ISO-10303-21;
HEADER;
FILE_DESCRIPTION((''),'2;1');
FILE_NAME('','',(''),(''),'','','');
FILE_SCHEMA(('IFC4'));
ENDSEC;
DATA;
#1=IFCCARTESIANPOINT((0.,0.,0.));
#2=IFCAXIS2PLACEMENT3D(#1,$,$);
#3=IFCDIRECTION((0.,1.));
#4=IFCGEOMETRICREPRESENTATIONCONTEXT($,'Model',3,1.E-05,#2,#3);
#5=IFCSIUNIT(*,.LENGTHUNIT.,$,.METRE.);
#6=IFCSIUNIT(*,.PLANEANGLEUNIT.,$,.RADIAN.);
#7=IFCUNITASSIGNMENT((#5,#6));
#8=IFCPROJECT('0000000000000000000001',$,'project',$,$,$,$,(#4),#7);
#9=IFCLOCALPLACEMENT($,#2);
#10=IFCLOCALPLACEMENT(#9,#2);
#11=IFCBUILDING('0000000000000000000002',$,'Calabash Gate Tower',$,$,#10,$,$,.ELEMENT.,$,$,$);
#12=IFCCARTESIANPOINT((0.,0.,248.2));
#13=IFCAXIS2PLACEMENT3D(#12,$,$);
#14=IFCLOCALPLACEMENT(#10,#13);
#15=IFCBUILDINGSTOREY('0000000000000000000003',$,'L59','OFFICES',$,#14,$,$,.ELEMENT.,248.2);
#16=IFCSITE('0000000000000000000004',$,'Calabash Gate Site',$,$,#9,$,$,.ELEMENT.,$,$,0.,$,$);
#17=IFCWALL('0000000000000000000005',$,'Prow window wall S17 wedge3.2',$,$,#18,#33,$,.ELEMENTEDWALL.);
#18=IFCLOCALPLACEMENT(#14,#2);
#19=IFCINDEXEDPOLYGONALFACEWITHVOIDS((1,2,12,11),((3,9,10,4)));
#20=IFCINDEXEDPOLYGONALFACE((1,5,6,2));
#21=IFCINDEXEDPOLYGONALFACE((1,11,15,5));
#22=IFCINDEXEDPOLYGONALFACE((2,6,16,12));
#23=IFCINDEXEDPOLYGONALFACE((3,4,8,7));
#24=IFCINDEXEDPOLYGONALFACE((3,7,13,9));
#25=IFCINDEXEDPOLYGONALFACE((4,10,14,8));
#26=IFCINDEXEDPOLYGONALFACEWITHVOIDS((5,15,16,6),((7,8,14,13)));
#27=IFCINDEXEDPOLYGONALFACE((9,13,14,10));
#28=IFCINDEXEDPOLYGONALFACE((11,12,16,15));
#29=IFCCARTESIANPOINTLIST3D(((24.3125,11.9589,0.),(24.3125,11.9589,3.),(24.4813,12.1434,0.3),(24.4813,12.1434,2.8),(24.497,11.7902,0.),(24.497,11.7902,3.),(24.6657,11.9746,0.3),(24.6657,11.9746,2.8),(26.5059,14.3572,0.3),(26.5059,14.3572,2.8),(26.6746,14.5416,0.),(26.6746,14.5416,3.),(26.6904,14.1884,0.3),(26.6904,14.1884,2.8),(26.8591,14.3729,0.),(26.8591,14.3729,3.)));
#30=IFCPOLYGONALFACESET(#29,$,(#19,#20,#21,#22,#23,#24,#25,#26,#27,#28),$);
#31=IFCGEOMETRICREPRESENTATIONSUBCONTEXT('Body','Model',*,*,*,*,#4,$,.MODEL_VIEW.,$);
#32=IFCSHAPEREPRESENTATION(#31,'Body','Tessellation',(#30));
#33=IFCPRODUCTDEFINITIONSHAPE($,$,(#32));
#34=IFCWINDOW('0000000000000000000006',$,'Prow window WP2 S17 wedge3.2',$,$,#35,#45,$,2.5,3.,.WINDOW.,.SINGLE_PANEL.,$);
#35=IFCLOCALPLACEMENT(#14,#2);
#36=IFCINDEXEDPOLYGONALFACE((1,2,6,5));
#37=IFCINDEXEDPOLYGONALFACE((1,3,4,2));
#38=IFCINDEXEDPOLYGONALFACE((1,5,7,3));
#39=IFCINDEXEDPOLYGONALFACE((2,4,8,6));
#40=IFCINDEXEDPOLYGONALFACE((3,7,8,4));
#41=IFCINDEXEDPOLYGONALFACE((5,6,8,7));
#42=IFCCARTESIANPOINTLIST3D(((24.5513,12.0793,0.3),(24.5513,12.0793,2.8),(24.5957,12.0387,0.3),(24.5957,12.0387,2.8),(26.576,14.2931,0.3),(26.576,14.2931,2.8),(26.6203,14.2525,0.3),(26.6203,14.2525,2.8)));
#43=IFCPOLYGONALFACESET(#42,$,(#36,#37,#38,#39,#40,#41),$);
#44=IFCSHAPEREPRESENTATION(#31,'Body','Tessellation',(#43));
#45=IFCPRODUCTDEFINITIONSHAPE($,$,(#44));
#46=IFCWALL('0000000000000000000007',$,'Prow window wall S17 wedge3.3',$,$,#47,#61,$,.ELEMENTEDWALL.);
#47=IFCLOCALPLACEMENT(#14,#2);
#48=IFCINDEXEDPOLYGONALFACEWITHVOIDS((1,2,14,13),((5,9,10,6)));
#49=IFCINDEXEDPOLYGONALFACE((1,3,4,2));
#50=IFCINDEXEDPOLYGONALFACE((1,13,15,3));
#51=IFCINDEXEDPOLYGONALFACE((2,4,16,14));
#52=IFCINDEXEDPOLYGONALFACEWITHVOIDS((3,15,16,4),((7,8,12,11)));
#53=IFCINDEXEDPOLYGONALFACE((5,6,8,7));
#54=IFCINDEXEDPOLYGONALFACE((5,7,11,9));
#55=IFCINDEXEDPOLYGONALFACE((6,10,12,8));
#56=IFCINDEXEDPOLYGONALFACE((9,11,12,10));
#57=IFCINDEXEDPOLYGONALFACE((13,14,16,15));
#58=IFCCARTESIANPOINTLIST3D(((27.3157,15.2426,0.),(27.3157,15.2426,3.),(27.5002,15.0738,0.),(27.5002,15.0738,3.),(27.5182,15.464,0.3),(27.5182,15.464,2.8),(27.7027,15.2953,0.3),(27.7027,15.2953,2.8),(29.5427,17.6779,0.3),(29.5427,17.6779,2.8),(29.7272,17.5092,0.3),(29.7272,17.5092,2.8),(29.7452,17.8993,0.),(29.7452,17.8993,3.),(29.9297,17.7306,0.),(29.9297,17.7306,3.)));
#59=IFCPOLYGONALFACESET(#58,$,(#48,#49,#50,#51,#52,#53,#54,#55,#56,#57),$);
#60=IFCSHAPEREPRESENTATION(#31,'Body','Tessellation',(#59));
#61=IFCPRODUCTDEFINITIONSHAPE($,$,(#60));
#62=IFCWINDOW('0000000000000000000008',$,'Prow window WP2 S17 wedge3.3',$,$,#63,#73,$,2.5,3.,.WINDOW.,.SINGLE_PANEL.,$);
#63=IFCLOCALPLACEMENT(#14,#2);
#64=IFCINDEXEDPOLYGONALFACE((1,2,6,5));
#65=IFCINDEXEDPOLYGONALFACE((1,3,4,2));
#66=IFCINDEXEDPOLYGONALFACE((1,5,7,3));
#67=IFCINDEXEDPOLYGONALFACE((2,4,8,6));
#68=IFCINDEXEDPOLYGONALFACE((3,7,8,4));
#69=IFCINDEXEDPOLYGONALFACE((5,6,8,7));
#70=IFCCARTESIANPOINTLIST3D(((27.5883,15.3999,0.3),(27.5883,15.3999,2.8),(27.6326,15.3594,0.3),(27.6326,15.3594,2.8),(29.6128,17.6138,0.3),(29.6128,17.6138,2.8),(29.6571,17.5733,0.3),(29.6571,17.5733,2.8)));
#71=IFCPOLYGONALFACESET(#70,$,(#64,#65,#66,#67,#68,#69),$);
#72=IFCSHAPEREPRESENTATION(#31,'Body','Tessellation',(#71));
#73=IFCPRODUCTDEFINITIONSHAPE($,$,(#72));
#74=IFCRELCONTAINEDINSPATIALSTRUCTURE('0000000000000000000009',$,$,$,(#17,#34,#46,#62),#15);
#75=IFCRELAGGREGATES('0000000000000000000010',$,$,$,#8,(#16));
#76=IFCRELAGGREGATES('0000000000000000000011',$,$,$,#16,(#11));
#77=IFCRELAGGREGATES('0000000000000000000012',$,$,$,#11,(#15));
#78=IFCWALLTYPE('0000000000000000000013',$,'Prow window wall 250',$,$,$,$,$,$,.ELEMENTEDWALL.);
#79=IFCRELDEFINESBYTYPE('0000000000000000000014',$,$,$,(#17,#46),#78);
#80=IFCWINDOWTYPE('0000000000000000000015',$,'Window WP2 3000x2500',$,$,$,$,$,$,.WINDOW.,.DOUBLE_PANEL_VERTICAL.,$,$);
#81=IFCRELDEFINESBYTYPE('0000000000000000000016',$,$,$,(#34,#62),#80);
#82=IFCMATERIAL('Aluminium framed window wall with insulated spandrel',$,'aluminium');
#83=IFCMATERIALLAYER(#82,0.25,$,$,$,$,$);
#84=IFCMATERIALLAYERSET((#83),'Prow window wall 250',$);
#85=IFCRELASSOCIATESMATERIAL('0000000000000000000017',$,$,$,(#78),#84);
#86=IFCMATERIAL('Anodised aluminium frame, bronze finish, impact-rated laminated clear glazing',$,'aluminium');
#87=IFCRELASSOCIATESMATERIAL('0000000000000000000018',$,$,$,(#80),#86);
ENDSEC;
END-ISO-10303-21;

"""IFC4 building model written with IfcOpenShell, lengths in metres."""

from ifc_helpers import new_model, si_unit, direction, frame, frame_2d, origin, place, context, subcontext, project, spatial, rectangle, extrude, material, layer, layer_set, type_object, element, fill, save


model = new_model("IFC4")

# Units and contexts
model_context = context("Model", 3, precision=1e-05, world=origin(), true_north=direction((0.0, 1.0)))
body_context = subcontext(model_context, "Body", "Model", "MODEL_VIEW")
ifc_project = project(units=[si_unit("LENGTHUNIT", "METRE"), si_unit("PLANEANGLEUNIT", "RADIAN")], contexts=[model_context])

# Site, building, storey
site_placement = place(None, origin())
site = spatial("IfcSite", under=ifc_project, at=site_placement, Name="Calabash Gate Site", CompositionType="ELEMENT", RefElevation=0.0)
building_placement = place(site_placement, origin())
building = spatial("IfcBuilding", under=site, at=building_placement, Name="Calabash Gate Tower", CompositionType="ELEMENT")
storey_placement = place(building_placement, frame((0.0, 0.0, 248.2)))
storey = spatial("IfcBuildingStorey", under=building, at=storey_placement, Name="L59", Description="OFFICES", CompositionType="ELEMENT", Elevation=248.2)

# Walls, openings, windows
ifc_material_1 = material(Name="Aluminium framed window wall with insulated spandrel", Category="aluminium")
ifc_layer_1 = layer(ifc_material_1, 0.25)
ifc_layer_set_1 = layer_set([ifc_layer_1], Name="Prow window wall 250")
wall_type_1 = type_object("IfcWallType", Name="Prow window wall 250", PredefinedType="ELEMENTEDWALL", material=ifc_layer_set_1)
ifc_material_2 = material(Name="Anodised aluminium frame, bronze finish, impact-rated laminated clear glazing", Category="aluminium")
window_type = type_object("IfcWindowType", Name="Window WP2 3000x2500", PartitioningType="DOUBLE_PANEL_VERTICAL", PredefinedType="WINDOW", material=ifc_material_2)
wall_1_placement = place(storey_placement, frame((24.4048, 11.8745, 0.0), z_axis=(0.0, 0.0, 1.0), x_axis=(0.674874, 0.737933, 0.0)))
wall_1 = element("IfcWall", 1, at=wall_1_placement, inside=storey, type_object=wall_type_1, Name="Prow window wall S17 wedge3.2", PredefinedType="ELEMENTEDWALL", context=body_context, shape_type="SweptSolid", body=[
    extrude(rectangle(XDim=3.5, YDim=0.25, at=frame_2d((1.75, 0.0))), origin(), (0.0, 0.0, 1.0), 3.0),
])
opening_1_placement = place(wall_1_placement, frame((0.25, 0.0, 0.3)))
opening_1 = element("IfcOpeningElement", 2, at=opening_1_placement, cuts=wall_1, PredefinedType="OPENING", context=body_context, shape_type="SweptSolid", body=[
    extrude(rectangle(XDim=3.0, YDim=2.5, at=frame_2d((1.5, 1.25))), frame((0.0, 0.135, 0.0), z_axis=(0.0, -1.0, 0.0), x_axis=(1.0, 0.0, 0.0)), (0.0, 0.0, 1.0), 0.27),
])
window_1_placement = place(opening_1_placement, origin())
window_1 = element("IfcWindow", 3, at=window_1_placement, inside=storey, type_object=window_type, Name="Prow window WP2 S17 wedge3.2", OverallHeight=2.5, OverallWidth=3.0, PartitioningType="SINGLE_PANEL", PredefinedType="WINDOW", context=body_context, shape_type="SweptSolid", body=[
    extrude(rectangle(XDim=3.0, YDim=2.5, at=frame_2d((1.5, 1.25))), frame((0.0, 0.03, 0.0), z_axis=(0.0, -1.0, 0.0), x_axis=(1.0, 0.0, 0.0)), (0.0, 0.0, 1.0), 0.0601),
])
fill(opening_1, window_1)
wall_2_placement = place(storey_placement, frame((27.408, 15.1582, 0.0), z_axis=(0.0, 0.0, 1.0), x_axis=(0.674834, 0.73797, 0.0)))
wall_2 = element("IfcWall", 4, at=wall_2_placement, inside=storey, type_object=wall_type_1, Name="Prow window wall S17 wedge3.3", PredefinedType="ELEMENTEDWALL", context=body_context, shape_type="SweptSolid", body=[
    extrude(rectangle(XDim=3.6001, YDim=0.25, at=frame_2d((1.8, 0.0))), origin(), (0.0, 0.0, 1.0), 3.0),
])
opening_2_placement = place(wall_2_placement, frame((0.3, 0.0, 0.3)))
opening_2 = element("IfcOpeningElement", 5, at=opening_2_placement, cuts=wall_2, PredefinedType="OPENING", context=body_context, shape_type="SweptSolid", body=[
    extrude(rectangle(XDim=3.0, YDim=2.5, at=frame_2d((1.5, 1.25))), frame((0.0, 0.135, 0.0), z_axis=(0.0, -1.0, 0.0), x_axis=(1.0, 0.0, 0.0)), (0.0, 0.0, 1.0), 0.27),
])
window_2_placement = place(opening_2_placement, origin())
window_2 = element("IfcWindow", 6, at=window_2_placement, inside=storey, type_object=window_type, Name="Prow window WP2 S17 wedge3.3", OverallHeight=2.5, OverallWidth=3.0, PartitioningType="SINGLE_PANEL", PredefinedType="WINDOW", context=body_context, shape_type="SweptSolid", body=[
    extrude(rectangle(XDim=3.0, YDim=2.5, at=frame_2d((1.5, 1.25))), frame((0.0, 0.03, 0.0), z_axis=(0.0, -1.0, 0.0), x_axis=(1.0, 0.0, 0.0)), (0.0, 0.0, 1.0), 0.0601),
])
fill(opening_2, window_2)

save(model, "model.ifc")
